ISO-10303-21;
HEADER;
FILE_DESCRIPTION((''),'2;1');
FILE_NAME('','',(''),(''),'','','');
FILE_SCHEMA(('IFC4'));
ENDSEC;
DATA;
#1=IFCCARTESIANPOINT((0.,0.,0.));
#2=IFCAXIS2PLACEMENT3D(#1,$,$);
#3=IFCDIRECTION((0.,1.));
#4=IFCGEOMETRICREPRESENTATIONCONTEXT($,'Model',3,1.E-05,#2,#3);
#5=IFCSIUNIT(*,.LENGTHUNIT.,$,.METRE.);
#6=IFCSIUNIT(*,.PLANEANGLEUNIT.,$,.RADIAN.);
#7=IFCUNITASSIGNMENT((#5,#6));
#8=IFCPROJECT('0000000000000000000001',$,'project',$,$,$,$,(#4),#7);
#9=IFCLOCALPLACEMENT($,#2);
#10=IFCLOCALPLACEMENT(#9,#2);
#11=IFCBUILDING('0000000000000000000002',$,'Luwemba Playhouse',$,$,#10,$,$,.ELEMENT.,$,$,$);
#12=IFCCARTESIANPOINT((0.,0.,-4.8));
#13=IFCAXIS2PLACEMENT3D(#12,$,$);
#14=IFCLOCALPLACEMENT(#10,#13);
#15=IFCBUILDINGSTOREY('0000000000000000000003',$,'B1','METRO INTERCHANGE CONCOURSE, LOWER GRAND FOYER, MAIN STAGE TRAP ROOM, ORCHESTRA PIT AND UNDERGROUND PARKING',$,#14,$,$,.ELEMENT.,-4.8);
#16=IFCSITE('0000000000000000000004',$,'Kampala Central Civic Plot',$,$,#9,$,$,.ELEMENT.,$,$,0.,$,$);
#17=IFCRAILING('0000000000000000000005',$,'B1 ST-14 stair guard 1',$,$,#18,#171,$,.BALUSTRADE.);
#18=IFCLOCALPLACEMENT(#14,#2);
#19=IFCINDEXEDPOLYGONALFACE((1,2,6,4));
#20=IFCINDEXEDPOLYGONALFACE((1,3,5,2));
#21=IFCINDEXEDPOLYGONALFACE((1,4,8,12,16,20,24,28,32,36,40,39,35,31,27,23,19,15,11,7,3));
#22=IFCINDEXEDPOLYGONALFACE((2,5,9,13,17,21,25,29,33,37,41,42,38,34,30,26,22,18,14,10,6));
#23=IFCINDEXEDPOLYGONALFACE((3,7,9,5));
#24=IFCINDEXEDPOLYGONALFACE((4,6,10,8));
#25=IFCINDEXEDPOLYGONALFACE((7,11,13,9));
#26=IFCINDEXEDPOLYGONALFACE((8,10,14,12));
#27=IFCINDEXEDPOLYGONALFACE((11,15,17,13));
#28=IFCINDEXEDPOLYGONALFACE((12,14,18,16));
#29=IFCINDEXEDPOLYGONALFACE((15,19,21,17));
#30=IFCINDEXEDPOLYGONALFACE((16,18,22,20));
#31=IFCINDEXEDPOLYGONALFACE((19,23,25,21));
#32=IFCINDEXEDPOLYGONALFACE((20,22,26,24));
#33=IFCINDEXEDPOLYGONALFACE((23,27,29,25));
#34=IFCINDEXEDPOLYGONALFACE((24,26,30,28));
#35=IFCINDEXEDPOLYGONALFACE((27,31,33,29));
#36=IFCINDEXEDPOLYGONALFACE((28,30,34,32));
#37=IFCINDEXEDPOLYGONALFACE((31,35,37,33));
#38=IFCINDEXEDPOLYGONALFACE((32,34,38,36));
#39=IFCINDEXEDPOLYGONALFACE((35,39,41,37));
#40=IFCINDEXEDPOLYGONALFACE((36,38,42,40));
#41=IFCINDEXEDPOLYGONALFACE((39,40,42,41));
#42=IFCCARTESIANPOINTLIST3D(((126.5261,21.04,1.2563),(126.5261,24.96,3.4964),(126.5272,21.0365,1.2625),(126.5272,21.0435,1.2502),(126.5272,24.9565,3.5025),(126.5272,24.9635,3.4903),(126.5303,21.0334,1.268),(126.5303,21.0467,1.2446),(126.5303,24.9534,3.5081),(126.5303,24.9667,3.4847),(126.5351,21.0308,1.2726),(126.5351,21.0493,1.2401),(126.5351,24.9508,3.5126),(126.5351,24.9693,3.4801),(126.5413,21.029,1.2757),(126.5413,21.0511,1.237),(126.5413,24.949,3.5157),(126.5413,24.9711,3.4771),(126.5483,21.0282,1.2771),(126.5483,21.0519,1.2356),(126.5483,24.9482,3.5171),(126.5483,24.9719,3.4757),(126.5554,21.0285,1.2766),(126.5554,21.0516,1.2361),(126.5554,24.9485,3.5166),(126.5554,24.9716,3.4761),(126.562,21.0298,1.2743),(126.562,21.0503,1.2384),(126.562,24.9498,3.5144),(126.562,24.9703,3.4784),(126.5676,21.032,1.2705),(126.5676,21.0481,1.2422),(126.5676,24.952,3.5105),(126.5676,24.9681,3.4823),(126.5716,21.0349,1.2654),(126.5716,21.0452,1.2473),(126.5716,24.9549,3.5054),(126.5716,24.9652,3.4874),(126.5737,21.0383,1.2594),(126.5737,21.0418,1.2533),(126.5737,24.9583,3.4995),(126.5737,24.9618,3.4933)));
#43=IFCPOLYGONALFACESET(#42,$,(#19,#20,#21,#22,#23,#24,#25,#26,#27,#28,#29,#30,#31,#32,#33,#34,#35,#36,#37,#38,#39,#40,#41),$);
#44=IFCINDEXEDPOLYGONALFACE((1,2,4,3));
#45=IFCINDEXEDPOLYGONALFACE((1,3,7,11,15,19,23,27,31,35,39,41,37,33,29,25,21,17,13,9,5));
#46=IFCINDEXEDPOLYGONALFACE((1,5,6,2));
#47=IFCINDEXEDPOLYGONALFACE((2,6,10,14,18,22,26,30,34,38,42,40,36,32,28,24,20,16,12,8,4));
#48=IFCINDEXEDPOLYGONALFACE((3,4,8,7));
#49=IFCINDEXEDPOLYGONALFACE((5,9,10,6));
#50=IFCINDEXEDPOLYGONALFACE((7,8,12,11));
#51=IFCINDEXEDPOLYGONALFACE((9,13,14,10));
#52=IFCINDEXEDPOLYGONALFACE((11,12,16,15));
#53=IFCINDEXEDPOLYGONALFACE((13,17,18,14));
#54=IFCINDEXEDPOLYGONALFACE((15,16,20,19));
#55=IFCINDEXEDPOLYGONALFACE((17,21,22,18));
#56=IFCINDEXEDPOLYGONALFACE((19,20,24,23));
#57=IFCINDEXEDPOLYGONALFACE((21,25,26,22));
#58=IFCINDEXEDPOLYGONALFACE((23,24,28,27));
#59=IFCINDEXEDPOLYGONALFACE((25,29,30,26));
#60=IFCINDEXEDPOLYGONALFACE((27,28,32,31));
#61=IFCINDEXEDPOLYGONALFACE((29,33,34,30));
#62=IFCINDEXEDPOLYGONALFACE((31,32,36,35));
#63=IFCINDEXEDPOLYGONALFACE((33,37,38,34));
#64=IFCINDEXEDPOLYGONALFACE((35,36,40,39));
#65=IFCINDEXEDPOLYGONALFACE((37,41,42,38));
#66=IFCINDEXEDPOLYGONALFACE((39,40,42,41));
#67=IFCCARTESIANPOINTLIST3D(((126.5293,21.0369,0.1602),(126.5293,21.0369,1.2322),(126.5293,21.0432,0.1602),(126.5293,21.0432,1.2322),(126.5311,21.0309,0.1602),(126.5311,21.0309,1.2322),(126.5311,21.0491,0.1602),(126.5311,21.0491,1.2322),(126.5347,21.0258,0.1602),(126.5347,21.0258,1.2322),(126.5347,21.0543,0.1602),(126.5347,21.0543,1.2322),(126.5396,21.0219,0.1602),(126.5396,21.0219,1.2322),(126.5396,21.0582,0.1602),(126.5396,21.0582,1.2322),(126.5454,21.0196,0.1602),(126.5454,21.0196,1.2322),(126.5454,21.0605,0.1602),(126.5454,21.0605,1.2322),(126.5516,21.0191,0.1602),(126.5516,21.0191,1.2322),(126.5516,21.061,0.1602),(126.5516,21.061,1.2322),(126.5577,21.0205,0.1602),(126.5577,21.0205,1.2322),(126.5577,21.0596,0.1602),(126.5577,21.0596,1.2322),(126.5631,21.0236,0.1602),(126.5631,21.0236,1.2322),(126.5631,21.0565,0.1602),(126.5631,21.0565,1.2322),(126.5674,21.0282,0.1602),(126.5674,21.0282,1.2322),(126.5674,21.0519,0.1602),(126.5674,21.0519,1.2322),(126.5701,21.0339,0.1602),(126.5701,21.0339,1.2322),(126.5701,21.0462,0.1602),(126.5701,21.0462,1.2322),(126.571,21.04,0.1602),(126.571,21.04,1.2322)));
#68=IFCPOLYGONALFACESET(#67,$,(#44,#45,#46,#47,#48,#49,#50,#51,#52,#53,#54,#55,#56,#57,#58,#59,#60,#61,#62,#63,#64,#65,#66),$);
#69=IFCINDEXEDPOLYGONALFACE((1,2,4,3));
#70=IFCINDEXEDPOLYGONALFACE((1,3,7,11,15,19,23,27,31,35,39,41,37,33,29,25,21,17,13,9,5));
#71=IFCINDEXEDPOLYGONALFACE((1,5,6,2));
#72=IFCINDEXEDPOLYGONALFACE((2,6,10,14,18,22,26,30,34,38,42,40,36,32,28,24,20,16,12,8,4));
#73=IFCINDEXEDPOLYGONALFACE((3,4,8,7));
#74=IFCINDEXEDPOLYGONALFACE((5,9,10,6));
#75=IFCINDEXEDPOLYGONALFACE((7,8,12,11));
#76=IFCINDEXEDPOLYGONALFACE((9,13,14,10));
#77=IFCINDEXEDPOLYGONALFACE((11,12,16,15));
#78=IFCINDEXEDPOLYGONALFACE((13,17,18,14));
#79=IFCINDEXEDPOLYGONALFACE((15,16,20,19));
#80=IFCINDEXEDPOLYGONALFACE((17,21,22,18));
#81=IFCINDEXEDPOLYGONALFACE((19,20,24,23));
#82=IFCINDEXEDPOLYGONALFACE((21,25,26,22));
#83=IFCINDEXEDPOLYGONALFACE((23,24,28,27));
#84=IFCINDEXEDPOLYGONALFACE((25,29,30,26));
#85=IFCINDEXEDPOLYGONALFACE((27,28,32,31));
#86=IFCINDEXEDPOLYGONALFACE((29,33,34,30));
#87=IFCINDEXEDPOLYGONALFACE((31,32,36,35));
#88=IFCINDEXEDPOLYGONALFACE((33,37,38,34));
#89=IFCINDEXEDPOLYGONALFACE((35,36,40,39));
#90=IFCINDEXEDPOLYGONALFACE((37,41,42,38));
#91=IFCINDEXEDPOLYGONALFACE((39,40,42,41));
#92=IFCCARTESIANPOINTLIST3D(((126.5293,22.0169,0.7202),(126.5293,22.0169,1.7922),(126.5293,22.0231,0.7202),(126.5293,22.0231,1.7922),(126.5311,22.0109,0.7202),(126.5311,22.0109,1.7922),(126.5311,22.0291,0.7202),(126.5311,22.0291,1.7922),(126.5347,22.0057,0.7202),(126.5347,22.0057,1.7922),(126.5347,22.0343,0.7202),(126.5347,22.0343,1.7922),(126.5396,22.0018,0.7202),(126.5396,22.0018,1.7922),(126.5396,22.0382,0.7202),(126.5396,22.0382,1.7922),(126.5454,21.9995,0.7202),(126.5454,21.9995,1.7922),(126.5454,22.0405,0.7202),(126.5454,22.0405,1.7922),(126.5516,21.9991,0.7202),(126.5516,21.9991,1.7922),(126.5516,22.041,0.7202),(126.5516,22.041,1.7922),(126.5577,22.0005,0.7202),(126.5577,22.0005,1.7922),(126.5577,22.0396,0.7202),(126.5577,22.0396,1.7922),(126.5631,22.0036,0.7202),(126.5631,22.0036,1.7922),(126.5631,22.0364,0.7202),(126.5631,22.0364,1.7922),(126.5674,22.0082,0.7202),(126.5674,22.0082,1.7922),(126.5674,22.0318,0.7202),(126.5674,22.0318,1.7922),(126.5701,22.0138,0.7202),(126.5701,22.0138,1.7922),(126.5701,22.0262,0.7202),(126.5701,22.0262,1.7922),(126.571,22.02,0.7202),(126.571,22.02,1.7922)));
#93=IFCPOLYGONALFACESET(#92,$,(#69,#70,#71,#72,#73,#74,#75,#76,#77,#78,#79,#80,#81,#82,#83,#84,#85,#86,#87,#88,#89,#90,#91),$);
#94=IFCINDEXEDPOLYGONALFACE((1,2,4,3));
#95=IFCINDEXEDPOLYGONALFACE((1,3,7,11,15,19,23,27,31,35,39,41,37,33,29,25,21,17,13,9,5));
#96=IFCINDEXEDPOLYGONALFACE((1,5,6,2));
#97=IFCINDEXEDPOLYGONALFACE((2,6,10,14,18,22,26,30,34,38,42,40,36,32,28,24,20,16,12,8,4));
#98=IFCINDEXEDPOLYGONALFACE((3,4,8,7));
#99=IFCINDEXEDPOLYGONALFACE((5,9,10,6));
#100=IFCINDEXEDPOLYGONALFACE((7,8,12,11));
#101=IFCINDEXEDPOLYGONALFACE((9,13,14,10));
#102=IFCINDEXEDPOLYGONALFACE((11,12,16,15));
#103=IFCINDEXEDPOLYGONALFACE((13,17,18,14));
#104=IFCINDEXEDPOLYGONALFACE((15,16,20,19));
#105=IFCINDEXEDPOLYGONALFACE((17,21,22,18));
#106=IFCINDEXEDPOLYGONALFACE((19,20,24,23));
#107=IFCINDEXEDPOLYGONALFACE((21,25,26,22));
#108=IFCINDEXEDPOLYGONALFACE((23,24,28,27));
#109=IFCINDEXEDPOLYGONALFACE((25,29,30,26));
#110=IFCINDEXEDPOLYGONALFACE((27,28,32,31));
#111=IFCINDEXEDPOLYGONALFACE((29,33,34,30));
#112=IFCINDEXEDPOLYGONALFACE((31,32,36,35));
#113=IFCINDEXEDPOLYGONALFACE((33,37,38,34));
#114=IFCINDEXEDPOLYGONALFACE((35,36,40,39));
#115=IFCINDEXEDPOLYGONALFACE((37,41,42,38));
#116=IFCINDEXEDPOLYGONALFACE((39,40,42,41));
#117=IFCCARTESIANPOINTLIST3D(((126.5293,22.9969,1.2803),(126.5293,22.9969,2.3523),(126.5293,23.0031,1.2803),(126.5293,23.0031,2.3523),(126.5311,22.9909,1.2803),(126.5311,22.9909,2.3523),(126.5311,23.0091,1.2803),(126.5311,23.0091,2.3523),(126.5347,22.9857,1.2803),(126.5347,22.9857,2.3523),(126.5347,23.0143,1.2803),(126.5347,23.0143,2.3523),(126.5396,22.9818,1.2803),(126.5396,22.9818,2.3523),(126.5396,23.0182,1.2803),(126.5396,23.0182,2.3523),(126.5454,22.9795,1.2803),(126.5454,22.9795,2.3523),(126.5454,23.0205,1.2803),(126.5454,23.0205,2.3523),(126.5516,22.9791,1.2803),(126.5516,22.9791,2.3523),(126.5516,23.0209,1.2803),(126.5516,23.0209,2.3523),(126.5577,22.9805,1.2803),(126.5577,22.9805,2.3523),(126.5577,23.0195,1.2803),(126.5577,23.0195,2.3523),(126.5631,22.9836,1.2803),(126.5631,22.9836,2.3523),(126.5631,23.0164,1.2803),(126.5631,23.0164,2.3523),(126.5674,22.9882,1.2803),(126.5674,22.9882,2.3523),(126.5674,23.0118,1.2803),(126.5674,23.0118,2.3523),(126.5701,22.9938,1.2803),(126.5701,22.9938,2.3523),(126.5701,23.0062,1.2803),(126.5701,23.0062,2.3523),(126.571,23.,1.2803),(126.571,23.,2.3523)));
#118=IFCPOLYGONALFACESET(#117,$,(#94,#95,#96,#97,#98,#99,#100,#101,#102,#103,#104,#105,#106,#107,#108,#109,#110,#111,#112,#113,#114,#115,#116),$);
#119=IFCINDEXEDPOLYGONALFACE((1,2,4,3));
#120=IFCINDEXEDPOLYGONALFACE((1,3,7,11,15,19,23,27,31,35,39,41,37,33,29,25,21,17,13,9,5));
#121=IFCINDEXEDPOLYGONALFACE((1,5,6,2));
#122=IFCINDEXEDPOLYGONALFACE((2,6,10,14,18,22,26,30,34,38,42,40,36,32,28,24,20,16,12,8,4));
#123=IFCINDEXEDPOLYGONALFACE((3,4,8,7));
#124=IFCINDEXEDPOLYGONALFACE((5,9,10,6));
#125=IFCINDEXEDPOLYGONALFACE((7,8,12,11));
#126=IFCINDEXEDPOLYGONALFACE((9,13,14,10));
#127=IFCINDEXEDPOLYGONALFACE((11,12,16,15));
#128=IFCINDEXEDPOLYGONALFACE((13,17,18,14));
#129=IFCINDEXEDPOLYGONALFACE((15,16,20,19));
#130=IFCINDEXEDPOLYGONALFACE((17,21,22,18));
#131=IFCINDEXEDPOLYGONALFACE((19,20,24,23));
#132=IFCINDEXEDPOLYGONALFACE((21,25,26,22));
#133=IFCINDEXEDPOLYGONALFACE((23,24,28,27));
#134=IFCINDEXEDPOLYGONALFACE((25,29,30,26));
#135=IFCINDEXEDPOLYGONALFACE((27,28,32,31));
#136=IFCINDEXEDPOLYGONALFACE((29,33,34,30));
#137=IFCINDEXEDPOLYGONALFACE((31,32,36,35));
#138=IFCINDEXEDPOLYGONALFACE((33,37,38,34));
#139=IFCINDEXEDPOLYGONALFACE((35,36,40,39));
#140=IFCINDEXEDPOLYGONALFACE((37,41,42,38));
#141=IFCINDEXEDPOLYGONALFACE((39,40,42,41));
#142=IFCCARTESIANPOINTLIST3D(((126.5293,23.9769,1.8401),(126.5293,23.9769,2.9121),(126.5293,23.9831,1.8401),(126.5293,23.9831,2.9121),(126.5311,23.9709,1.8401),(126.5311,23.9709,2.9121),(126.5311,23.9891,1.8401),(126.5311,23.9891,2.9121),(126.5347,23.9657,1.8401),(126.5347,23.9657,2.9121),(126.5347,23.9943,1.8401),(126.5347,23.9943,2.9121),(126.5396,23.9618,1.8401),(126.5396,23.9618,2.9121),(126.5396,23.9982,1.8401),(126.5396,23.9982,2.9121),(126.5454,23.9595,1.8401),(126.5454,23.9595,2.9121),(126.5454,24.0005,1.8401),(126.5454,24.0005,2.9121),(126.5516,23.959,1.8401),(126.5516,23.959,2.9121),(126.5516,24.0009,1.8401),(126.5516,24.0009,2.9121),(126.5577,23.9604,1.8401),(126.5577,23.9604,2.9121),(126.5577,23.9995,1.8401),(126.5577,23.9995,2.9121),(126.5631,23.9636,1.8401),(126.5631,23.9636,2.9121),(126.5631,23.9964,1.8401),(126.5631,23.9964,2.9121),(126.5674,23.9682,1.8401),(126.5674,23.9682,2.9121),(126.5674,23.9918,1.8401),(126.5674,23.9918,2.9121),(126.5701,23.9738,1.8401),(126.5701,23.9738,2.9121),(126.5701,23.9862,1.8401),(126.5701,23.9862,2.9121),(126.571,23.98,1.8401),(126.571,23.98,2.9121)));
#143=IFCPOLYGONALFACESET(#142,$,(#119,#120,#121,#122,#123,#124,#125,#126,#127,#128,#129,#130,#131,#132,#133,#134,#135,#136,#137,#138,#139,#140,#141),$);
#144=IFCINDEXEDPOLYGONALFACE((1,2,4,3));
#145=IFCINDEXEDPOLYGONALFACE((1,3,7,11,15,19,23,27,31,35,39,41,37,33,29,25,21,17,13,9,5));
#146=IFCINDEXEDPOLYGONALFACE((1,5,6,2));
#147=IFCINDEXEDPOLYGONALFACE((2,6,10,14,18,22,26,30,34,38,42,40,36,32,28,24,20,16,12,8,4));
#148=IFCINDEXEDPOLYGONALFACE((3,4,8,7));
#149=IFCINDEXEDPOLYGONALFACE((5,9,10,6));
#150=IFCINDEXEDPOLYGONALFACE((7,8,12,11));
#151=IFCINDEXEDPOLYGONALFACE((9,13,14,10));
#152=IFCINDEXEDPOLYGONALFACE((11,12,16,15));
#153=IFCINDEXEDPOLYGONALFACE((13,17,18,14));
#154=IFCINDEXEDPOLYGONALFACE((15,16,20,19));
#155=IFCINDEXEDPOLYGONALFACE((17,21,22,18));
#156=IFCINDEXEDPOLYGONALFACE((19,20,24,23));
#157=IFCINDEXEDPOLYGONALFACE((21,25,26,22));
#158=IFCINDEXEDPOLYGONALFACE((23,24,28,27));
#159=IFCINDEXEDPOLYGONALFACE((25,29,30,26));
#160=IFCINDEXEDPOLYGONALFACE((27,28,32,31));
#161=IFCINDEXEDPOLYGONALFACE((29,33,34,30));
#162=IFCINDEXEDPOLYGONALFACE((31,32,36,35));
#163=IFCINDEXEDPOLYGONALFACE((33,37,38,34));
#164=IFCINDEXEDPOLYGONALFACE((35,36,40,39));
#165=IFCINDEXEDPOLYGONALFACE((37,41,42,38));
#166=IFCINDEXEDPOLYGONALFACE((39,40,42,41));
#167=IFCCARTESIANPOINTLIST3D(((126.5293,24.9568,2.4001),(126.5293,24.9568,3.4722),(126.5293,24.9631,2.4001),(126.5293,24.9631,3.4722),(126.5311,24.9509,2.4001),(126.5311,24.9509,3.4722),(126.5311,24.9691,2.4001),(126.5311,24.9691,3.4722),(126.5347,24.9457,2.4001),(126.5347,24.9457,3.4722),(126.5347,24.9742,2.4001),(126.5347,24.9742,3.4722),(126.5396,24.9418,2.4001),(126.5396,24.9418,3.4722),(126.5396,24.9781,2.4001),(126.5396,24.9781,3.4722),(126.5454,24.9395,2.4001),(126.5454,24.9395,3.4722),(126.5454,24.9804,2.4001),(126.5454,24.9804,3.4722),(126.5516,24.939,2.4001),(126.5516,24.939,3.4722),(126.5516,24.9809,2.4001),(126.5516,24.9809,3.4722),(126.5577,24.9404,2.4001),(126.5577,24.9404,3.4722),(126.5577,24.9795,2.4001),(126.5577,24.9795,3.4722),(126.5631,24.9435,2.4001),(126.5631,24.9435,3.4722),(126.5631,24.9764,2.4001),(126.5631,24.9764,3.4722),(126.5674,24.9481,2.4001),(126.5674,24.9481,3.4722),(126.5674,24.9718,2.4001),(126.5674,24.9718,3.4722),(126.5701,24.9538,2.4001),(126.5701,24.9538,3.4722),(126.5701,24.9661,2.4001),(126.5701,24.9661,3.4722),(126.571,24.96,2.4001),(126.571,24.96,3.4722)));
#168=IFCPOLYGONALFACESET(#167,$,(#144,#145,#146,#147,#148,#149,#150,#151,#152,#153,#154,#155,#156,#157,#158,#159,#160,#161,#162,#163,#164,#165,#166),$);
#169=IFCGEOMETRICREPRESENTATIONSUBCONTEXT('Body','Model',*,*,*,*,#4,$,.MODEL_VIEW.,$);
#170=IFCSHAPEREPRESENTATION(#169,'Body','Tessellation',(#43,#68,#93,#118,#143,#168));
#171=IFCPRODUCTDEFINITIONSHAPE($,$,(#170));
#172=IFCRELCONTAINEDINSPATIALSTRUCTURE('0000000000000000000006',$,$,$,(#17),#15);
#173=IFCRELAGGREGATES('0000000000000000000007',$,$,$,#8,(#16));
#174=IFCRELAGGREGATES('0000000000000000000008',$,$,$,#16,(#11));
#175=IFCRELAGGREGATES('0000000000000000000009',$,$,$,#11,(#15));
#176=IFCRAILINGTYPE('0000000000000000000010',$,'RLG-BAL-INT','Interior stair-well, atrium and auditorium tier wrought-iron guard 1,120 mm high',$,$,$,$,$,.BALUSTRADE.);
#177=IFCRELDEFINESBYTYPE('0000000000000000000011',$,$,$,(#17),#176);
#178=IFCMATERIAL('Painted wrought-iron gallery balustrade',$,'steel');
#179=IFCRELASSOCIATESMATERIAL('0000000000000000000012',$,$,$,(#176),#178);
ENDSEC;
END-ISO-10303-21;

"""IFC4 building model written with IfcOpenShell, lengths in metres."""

from ifc_helpers import new_model, si_unit, direction, frame, origin, origin_2d, place, context, subcontext, project, spatial, circle, extrude, material, type_object, element, save


model = new_model("IFC4")

# Units and contexts
model_context = context("Model", 3, precision=1e-05, world=origin(), true_north=direction((0.0, 1.0)))
body_context = subcontext(model_context, "Body", "Model", "MODEL_VIEW")
ifc_project = project(units=[si_unit("LENGTHUNIT", "METRE"), si_unit("PLANEANGLEUNIT", "RADIAN")], contexts=[model_context])

# Site, building, storey
site_placement = place(None, origin())
site = spatial("IfcSite", under=ifc_project, at=site_placement, Name="Kampala Central Civic Plot", CompositionType="ELEMENT", RefElevation=0.0)
building_placement = place(site_placement, origin())
building = spatial("IfcBuilding", under=site, at=building_placement, Name="Luwemba Playhouse", CompositionType="ELEMENT")
storey_placement = place(building_placement, frame((0.0, 0.0, -4.8)))
storey = spatial("IfcBuildingStorey", under=building, at=storey_placement, Name="B1", Description="METRO INTERCHANGE CONCOURSE, LOWER GRAND FOYER, MAIN STAGE TRAP ROOM, ORCHESTRA PIT AND UNDERGROUND PARKING", CompositionType="ELEMENT", Elevation=-4.8)

# Railing
ifc_material_1 = material(Name="Painted wrought-iron gallery balustrade", Category="steel")
railing_type_1 = type_object("IfcRailingType", Name="RLG-BAL-INT", Description="Interior stair-well, atrium and auditorium tier wrought-iron guard 1,120 mm high", PredefinedType="BALUSTRADE", material=ifc_material_1)
railing_1_placement = place(storey_placement, frame((126.55, 21.04, 0.1602)))
element("IfcRailing", 1, at=railing_1_placement, inside=storey, type_object=railing_type_1, Name="B1 ST-14 stair guard 1", PredefinedType="BALUSTRADE", context=body_context, shape_type="SweptSolid", body=[
    extrude(circle(Radius=0.0239, at=origin_2d()), frame((0.0, 0.0, 1.0962), z_axis=(0.0, 0.86824, 0.496145), x_axis=(-1.0, 0.0, 0.0)), (0.0, 0.0, 1.0), 4.5149),
    extrude(circle(Radius=0.021, at=origin_2d()), origin(), (0.0, 0.0, 1.0), 1.072),
    extrude(circle(Radius=0.021, at=origin_2d()), frame((0.0, 0.98, 0.5601)), (0.0, 0.0, 1.0), 1.072),
    extrude(circle(Radius=0.021, at=origin_2d()), frame((0.0, 1.96, 1.1201)), (0.0, 0.0, 1.0), 1.072),
    extrude(circle(Radius=0.021, at=origin_2d()), frame((0.0, 2.9399, 1.6799)), (0.0, 0.0, 1.0), 1.072),
    extrude(circle(Radius=0.021, at=origin_2d()), frame((0.0, 3.9199, 2.24)), (0.0, 0.0, 1.0), 1.072),
])

save(model, "model.ifc")
